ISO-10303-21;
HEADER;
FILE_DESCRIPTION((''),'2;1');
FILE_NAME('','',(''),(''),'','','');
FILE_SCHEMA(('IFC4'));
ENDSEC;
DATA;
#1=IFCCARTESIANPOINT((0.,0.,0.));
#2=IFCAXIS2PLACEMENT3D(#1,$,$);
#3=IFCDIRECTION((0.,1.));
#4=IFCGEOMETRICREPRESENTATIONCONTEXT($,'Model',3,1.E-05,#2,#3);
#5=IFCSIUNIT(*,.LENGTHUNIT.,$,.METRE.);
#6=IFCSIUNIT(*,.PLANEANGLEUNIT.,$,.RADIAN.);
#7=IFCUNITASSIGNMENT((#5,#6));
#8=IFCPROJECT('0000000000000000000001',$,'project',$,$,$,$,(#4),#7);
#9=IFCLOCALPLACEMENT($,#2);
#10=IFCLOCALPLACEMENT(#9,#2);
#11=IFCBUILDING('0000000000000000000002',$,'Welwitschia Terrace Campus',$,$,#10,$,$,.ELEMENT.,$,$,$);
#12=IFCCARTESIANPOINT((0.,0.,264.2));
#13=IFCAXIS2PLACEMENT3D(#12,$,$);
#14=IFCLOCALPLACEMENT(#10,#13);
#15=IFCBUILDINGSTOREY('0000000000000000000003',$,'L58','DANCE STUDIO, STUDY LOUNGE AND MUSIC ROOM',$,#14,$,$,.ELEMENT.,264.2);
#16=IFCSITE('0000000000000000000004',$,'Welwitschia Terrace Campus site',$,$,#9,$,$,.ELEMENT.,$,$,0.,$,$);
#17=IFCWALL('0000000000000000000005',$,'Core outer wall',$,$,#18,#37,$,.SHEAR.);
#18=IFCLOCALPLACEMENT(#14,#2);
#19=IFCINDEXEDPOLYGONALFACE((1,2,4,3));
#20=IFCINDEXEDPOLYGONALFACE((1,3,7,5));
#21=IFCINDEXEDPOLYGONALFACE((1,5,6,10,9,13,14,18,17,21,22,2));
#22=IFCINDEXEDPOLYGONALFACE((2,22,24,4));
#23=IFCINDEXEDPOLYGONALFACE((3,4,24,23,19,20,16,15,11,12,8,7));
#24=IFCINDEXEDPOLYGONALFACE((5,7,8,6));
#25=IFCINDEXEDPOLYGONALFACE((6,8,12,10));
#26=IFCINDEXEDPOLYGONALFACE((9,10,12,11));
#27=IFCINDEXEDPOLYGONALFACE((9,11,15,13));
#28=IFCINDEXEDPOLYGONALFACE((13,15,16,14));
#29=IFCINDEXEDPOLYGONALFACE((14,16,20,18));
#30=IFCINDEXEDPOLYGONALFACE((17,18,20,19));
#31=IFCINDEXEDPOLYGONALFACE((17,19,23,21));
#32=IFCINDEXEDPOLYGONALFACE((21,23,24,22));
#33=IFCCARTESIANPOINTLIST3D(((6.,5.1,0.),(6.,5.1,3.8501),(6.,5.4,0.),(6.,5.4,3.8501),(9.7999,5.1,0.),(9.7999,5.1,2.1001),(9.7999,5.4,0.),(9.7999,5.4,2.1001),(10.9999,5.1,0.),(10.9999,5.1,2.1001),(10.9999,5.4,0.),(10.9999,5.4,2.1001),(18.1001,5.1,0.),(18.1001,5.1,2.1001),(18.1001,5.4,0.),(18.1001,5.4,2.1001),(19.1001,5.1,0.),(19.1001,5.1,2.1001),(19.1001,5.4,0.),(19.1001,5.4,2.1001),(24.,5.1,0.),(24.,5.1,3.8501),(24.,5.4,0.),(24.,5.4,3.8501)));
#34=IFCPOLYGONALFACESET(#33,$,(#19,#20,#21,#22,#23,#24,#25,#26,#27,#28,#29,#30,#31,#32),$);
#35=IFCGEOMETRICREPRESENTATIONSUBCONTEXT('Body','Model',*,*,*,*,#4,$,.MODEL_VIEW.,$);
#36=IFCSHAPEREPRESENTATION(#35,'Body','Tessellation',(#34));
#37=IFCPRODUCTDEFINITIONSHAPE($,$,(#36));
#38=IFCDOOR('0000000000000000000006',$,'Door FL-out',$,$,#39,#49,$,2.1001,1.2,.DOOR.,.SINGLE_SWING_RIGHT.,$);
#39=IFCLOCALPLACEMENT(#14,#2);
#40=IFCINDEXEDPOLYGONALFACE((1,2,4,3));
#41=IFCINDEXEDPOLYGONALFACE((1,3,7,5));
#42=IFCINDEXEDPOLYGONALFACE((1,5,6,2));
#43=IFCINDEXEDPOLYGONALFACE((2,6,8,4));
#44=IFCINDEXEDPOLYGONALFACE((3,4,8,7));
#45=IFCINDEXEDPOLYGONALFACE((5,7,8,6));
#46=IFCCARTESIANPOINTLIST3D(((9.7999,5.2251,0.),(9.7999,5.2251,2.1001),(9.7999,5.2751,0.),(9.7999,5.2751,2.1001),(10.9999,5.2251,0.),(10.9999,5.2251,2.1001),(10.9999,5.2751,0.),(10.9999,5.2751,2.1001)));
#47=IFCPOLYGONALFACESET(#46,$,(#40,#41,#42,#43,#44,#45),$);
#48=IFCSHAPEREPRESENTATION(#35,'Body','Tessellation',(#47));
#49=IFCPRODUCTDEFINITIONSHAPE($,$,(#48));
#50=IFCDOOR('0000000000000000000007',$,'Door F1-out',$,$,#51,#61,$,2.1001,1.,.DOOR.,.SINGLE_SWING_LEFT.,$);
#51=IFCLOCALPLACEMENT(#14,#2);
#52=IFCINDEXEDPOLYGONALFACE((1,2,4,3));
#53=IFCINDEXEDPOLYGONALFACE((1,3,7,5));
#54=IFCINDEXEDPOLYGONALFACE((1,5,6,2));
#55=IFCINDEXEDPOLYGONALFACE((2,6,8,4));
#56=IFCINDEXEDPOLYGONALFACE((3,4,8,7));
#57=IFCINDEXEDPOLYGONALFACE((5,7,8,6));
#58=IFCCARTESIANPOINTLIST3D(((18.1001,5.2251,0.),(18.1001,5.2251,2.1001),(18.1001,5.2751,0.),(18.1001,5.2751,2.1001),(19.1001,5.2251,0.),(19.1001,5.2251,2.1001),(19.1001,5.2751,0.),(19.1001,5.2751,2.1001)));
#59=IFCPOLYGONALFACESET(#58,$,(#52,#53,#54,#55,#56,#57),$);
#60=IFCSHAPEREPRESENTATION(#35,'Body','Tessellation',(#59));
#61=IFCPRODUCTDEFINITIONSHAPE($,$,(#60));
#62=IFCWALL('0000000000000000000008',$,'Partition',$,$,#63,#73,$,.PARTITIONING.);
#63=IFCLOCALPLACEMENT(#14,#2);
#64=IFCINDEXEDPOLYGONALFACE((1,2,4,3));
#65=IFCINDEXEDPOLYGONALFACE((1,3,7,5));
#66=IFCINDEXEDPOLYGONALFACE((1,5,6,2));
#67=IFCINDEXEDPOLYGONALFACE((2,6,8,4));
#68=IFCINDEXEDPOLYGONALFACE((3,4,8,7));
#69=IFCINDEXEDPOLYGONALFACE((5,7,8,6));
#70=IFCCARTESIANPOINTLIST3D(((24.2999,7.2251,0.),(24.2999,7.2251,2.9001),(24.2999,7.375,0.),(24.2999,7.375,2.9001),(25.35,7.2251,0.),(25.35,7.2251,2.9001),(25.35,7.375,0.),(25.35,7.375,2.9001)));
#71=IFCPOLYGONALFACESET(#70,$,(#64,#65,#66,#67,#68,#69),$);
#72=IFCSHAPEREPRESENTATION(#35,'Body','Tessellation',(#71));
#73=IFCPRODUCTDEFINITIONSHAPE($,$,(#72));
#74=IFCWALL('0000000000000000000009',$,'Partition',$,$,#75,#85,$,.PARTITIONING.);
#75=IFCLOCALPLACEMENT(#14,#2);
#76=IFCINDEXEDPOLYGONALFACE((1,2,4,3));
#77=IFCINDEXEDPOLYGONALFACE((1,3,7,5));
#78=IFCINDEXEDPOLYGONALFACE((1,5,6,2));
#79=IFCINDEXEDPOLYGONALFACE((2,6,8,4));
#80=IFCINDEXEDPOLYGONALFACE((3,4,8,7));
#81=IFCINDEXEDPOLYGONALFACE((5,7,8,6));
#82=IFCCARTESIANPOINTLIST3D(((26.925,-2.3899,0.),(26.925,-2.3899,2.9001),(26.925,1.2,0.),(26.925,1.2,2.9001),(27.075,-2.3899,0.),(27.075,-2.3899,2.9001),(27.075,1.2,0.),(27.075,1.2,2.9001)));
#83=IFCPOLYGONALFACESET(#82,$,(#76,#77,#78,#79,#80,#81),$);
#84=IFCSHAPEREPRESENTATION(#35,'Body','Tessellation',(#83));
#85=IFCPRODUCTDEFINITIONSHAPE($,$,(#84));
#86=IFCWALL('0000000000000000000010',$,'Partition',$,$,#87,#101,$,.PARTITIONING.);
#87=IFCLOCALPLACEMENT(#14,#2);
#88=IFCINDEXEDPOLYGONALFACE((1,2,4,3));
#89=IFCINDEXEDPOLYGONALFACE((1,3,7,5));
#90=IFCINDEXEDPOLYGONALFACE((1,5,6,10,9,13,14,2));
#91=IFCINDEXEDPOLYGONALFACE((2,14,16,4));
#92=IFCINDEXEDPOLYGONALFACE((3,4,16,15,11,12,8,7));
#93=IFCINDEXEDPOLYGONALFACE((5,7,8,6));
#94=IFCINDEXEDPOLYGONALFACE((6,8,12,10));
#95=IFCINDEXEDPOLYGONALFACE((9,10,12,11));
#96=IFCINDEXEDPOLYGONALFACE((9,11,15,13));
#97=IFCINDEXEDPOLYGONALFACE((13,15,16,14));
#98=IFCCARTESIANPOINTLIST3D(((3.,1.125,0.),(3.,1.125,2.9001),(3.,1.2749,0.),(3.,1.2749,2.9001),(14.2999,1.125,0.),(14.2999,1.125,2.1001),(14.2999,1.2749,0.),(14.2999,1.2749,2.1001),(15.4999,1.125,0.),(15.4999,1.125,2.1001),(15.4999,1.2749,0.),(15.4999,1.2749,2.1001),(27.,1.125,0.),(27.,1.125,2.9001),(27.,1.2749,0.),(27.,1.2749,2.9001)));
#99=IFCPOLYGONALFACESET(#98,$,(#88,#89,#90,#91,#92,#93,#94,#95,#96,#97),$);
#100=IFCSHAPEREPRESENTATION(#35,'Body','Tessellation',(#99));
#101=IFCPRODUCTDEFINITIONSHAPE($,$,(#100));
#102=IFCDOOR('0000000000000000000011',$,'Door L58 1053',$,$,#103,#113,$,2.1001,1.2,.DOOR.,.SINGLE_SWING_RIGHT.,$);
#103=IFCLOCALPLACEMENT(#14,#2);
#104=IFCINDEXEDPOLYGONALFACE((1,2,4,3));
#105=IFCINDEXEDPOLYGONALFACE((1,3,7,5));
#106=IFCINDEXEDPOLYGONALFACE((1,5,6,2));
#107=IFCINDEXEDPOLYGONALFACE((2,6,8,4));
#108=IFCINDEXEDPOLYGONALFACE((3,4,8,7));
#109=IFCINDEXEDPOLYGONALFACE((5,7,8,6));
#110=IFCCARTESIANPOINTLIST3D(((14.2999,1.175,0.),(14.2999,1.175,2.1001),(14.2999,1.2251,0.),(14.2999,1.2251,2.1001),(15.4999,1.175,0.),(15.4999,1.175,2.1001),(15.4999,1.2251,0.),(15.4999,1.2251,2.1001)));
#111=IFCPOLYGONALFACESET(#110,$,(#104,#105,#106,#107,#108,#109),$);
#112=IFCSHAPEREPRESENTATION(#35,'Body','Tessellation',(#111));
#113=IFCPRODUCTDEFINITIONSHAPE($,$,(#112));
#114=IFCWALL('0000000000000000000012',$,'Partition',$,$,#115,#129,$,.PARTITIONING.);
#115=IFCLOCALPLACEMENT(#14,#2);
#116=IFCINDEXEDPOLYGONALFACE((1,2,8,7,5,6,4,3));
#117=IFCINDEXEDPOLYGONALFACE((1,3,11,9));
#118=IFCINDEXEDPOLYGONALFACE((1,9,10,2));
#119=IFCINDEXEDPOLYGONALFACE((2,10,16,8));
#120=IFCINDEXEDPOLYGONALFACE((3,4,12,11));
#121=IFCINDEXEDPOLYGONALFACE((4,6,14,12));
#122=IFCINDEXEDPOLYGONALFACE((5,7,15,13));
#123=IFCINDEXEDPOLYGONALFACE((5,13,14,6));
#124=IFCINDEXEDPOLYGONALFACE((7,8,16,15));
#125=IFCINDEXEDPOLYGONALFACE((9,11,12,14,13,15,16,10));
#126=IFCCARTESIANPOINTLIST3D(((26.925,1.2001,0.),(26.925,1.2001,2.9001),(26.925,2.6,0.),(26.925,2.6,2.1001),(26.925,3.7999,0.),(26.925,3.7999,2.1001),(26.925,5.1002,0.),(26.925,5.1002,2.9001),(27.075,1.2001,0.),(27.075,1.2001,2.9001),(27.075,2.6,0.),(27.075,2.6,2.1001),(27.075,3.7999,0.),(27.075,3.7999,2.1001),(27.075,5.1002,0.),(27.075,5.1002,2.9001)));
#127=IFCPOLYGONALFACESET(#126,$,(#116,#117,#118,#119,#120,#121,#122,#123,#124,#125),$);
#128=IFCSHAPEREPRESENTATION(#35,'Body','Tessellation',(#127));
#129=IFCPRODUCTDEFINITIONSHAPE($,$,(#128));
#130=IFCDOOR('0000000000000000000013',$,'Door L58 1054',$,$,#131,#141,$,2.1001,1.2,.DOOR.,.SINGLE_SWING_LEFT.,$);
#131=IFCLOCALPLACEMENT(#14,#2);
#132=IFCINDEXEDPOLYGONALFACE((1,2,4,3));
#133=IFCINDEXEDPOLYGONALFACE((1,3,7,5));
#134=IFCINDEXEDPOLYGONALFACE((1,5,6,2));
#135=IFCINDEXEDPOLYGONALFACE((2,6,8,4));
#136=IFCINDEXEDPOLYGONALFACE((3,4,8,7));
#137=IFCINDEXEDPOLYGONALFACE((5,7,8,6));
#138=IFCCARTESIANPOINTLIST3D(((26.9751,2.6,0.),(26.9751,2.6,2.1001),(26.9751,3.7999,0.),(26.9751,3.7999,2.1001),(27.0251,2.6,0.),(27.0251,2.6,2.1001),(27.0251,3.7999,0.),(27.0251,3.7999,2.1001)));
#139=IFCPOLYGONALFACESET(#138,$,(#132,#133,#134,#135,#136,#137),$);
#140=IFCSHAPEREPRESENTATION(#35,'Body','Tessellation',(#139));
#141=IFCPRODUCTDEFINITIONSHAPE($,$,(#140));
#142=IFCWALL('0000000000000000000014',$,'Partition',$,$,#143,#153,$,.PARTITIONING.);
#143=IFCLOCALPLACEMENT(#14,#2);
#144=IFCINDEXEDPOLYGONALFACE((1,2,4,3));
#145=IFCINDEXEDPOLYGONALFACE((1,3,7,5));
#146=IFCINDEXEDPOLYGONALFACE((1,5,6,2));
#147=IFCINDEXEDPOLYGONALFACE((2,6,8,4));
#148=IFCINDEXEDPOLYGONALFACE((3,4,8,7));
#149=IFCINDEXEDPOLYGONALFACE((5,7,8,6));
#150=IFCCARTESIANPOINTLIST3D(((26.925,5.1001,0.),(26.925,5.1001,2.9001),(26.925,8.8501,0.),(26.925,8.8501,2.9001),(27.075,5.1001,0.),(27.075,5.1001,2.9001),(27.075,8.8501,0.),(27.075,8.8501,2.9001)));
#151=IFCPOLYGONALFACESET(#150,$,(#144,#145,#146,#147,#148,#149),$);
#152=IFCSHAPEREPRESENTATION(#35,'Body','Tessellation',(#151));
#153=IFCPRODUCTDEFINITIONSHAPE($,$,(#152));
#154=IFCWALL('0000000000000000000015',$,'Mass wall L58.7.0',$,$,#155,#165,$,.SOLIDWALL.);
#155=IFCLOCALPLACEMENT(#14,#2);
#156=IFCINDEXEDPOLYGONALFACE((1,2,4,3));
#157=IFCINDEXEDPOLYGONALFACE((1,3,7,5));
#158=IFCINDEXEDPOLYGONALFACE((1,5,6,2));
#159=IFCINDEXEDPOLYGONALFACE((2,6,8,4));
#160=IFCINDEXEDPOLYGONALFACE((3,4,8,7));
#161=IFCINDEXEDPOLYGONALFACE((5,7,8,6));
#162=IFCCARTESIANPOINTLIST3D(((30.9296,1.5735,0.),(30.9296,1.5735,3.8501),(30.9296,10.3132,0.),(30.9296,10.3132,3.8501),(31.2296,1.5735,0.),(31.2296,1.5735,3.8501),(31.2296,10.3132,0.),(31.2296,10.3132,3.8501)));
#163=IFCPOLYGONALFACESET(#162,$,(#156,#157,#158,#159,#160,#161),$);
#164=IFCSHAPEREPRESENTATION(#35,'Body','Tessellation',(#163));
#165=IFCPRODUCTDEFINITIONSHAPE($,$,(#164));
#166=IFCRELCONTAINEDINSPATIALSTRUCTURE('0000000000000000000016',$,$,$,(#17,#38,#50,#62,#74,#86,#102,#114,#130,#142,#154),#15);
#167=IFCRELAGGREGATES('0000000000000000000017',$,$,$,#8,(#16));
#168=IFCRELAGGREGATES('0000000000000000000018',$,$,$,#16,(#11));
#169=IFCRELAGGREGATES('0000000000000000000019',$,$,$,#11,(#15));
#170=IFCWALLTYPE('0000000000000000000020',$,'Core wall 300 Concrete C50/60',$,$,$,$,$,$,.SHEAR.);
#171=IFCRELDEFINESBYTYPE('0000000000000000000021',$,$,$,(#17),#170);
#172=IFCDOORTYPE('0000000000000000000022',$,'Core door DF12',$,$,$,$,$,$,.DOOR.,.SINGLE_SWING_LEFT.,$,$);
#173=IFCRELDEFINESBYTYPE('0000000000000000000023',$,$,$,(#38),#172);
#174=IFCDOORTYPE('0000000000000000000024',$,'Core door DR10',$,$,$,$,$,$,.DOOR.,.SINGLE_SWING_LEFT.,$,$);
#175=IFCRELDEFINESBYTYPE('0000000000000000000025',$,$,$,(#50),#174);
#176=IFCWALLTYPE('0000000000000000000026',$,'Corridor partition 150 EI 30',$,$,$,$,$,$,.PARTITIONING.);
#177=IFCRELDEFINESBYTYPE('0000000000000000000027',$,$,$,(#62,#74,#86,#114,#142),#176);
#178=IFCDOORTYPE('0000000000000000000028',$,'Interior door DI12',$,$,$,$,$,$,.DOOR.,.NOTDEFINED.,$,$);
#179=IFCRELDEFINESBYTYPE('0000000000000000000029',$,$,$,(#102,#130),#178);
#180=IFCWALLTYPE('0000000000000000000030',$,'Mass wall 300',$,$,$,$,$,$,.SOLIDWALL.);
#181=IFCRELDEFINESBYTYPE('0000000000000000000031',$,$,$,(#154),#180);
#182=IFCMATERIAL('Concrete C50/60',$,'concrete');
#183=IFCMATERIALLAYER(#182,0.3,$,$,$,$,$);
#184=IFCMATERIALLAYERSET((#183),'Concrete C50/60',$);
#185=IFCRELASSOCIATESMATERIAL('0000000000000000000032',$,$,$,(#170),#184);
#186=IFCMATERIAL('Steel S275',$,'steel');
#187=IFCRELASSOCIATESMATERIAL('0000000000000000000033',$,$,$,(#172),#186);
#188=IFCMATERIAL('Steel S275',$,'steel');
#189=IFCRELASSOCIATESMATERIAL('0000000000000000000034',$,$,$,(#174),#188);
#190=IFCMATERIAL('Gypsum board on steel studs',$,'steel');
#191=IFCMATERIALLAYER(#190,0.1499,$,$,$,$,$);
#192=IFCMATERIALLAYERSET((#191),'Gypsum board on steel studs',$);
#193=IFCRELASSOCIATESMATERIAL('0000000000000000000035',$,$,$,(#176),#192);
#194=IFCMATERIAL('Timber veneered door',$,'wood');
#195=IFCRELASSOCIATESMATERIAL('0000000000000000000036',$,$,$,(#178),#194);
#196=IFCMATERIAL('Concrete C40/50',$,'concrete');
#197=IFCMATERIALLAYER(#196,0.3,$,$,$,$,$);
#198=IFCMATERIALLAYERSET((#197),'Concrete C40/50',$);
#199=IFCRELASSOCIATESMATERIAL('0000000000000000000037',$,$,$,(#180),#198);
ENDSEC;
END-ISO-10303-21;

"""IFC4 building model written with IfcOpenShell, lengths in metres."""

from ifc_helpers import new_model, si_unit, direction, frame, frame_2d, origin, place, context, subcontext, project, spatial, rectangle, extrude, material, layer, layer_set, type_object, element, fill, save


model = new_model("IFC4")

# Units and contexts
model_context = context("Model", 3, precision=1e-05, world=origin(), true_north=direction((0.0, 1.0)))
body_context = subcontext(model_context, "Body", "Model", "MODEL_VIEW")
ifc_project = project(units=[si_unit("LENGTHUNIT", "METRE"), si_unit("PLANEANGLEUNIT", "RADIAN")], contexts=[model_context])

# Site, building, storey
site_placement = place(None, origin())
site = spatial("IfcSite", under=ifc_project, at=site_placement, Name="Welwitschia Terrace Campus site", CompositionType="ELEMENT", RefElevation=0.0)
building_placement = place(site_placement, origin())
building = spatial("IfcBuilding", under=site, at=building_placement, Name="Welwitschia Terrace Campus", CompositionType="ELEMENT")
storey_placement = place(building_placement, frame((0.0, 0.0, 264.2)))
storey = spatial("IfcBuildingStorey", under=building, at=storey_placement, Name="L58", Description="DANCE STUDIO, STUDY LOUNGE AND MUSIC ROOM", CompositionType="ELEMENT", Elevation=264.2)

# Wall, openings, doors
ifc_material_1 = material(Name="Concrete C50/60", Category="concrete")
ifc_layer_1 = layer(ifc_material_1, 0.3)
ifc_layer_set_1 = layer_set([ifc_layer_1], Name="Concrete C50/60")
wall_type_1 = type_object("IfcWallType", Name="Core wall 300 Concrete C50/60", PredefinedType="SHEAR", material=ifc_layer_set_1)
wall_1_placement = place(storey_placement, frame((24.0, 5.25, 0.0), z_axis=(0.0, 0.0, 1.0), x_axis=(-1.0, 0.0, 0.0)))
wall_1 = element("IfcWall", 1, at=wall_1_placement, inside=storey, type_object=wall_type_1, Name="Core outer wall", PredefinedType="SHEAR", context=body_context, shape_type="SweptSolid", body=[
    extrude(rectangle(XDim=18.0, YDim=0.3, at=frame_2d((9.0, 0.0))), origin(), (0.0, 0.0, 1.0), 3.8501),
])
opening_1_placement = place(wall_1_placement, frame((13.0, 0.0, 0.0)))
opening_1 = element("IfcOpeningElement", 2, at=opening_1_placement, cuts=wall_1, PredefinedType="OPENING", context=body_context, shape_type="SweptSolid", body=[
    extrude(rectangle(XDim=1.2, YDim=2.1001, at=frame_2d((0.6001, 1.05))), frame((0.0, 0.1599, 0.0), z_axis=(0.0, -1.0, 0.0), x_axis=(1.0, 0.0, 0.0)), (0.0, 0.0, 1.0), 0.3201),
])
opening_2_placement = place(wall_1_placement, frame((4.8999, 0.0, 0.0)))
opening_2 = element("IfcOpeningElement", 3, at=opening_2_placement, cuts=wall_1, PredefinedType="OPENING", context=body_context, shape_type="SweptSolid", body=[
    extrude(rectangle(XDim=1.0, YDim=2.1001, at=frame_2d((0.5, 1.05))), frame((0.0, 0.1599, 0.0), z_axis=(0.0, -1.0, 0.0), x_axis=(1.0, 0.0, 0.0)), (0.0, 0.0, 1.0), 0.3201),
])
ifc_material_2 = material(Name="Steel S275", Category="steel")
door_type_1 = type_object("IfcDoorType", Name="Core door DF12", OperationType="SINGLE_SWING_LEFT", PredefinedType="DOOR", material=ifc_material_2)
door_1_placement = place(opening_1_placement, origin())
door_1 = element("IfcDoor", 4, at=door_1_placement, inside=storey, type_object=door_type_1, Name="Door FL-out", OperationType="SINGLE_SWING_RIGHT", OverallHeight=2.1001, OverallWidth=1.2, PredefinedType="DOOR", context=body_context, shape_type="SweptSolid", body=[
    extrude(rectangle(XDim=1.2, YDim=2.1001, at=frame_2d((0.6001, 1.05))), frame((0.0, 0.0249, 0.0), z_axis=(0.0, -1.0, 0.0), x_axis=(1.0, 0.0, 0.0)), (0.0, 0.0, 1.0), 0.05),
])
fill(opening_1, door_1)
ifc_material_3 = material(Name="Steel S275", Category="steel")
door_type_2 = type_object("IfcDoorType", Name="Core door DR10", OperationType="SINGLE_SWING_LEFT", PredefinedType="DOOR", material=ifc_material_3)
door_2_placement = place(opening_2_placement, origin())
door_2 = element("IfcDoor", 5, at=door_2_placement, inside=storey, type_object=door_type_2, Name="Door F1-out", OperationType="SINGLE_SWING_LEFT", OverallHeight=2.1001, OverallWidth=1.0, PredefinedType="DOOR", context=body_context, shape_type="SweptSolid", body=[
    extrude(rectangle(XDim=1.0, YDim=2.1001, at=frame_2d((0.5, 1.05))), frame((0.0, 0.0249, 0.0), z_axis=(0.0, -1.0, 0.0), x_axis=(1.0, 0.0, 0.0)), (0.0, 0.0, 1.0), 0.05),
])
fill(opening_2, door_2)

# Walls
ifc_material_4 = material(Name="Gypsum board on steel studs", Category="steel")
ifc_layer_2 = layer(ifc_material_4, 0.1499)
ifc_layer_set_2 = layer_set([ifc_layer_2], Name="Gypsum board on steel studs")
wall_type_2 = type_object("IfcWallType", Name="Corridor partition 150 EI 30", PredefinedType="PARTITIONING", material=ifc_layer_set_2)
wall_2_placement = place(storey_placement, frame((24.3, 7.3, 0.0), z_axis=(0.0, 0.0, 1.0), x_axis=(1.0, 0.0, 0.0)))
element("IfcWall", 6, at=wall_2_placement, inside=storey, type_object=wall_type_2, Name="Partition", PredefinedType="PARTITIONING", context=body_context, shape_type="SweptSolid", body=[
    extrude(rectangle(XDim=1.05, YDim=0.1499, at=frame_2d((0.5249, 0.0))), origin(), (0.0, 0.0, 1.0), 2.9001),
])
wall_3_placement = place(storey_placement, frame((27.0, -2.3899, 0.0), z_axis=(0.0, 0.0, 1.0), x_axis=(0.0, 1.0, 0.0)))
element("IfcWall", 7, at=wall_3_placement, inside=storey, type_object=wall_type_2, Name="Partition", PredefinedType="PARTITIONING", context=body_context, shape_type="SweptSolid", body=[
    extrude(rectangle(XDim=3.5898, YDim=0.1499, at=frame_2d((1.7949, 0.0))), origin(), (0.0, 0.0, 1.0), 2.9001),
])

# Walls, openings, doors
wall_4_placement = place(storey_placement, frame((27.0, 1.2, 0.0), z_axis=(0.0, 0.0, 1.0), x_axis=(-1.0, 0.0, 0.0)))
wall_4 = element("IfcWall", 8, at=wall_4_placement, inside=storey, type_object=wall_type_2, Name="Partition", PredefinedType="PARTITIONING", context=body_context, shape_type="SweptSolid", body=[
    extrude(rectangle(XDim=24.0, YDim=0.1499, at=frame_2d((12.0, 0.0))), origin(), (0.0, 0.0, 1.0), 2.9001),
])
opening_3_placement = place(wall_4_placement, frame((11.5, 0.0, 0.0)))
opening_3 = element("IfcOpeningElement", 9, at=opening_3_placement, cuts=wall_4, PredefinedType="OPENING", context=body_context, shape_type="SweptSolid", body=[
    extrude(rectangle(XDim=1.2, YDim=2.1001, at=frame_2d((0.6001, 1.05))), frame((0.0, 0.085, 0.0), z_axis=(0.0, -1.0, 0.0), x_axis=(1.0, 0.0, 0.0)), (0.0, 0.0, 1.0), 0.1699),
])
ifc_material_5 = material(Name="Timber veneered door", Category="wood")
door_type_3 = type_object("IfcDoorType", Name="Interior door DI12", OperationType="NOTDEFINED", PredefinedType="DOOR", material=ifc_material_5)
door_3_placement = place(opening_3_placement, origin())
door_3 = element("IfcDoor", 10, at=door_3_placement, inside=storey, type_object=door_type_3, Name="Door L58 1053", OperationType="SINGLE_SWING_RIGHT", OverallHeight=2.1001, OverallWidth=1.2, PredefinedType="DOOR", context=body_context, shape_type="SweptSolid", body=[
    extrude(rectangle(XDim=1.2, YDim=2.1001, at=frame_2d((0.6001, 1.05))), frame((0.0, 0.0249, 0.0), z_axis=(0.0, -1.0, 0.0), x_axis=(1.0, 0.0, 0.0)), (0.0, 0.0, 1.0), 0.05),
])
fill(opening_3, door_3)
wall_5_placement = place(storey_placement, frame((27.0, 1.2, 0.0), z_axis=(0.0, 0.0, 1.0), x_axis=(0.0, 1.0, 0.0)))
wall_5 = element("IfcWall", 11, at=wall_5_placement, inside=storey, type_object=wall_type_2, Name="Partition", PredefinedType="PARTITIONING", context=body_context, shape_type="SweptSolid", body=[
    extrude(rectangle(XDim=3.9001, YDim=0.1499, at=frame_2d((1.9502, 0.0))), origin(), (0.0, 0.0, 1.0), 2.9001),
])
opening_4_placement = place(wall_5_placement, frame((1.3999, 0.0, 0.0)))
opening_4 = element("IfcOpeningElement", 12, at=opening_4_placement, cuts=wall_5, PredefinedType="OPENING", context=body_context, shape_type="SweptSolid", body=[
    extrude(rectangle(XDim=1.2, YDim=2.1001, at=frame_2d((0.6001, 1.05))), frame((0.0, 0.085, 0.0), z_axis=(0.0, -1.0, 0.0), x_axis=(1.0, 0.0, 0.0)), (0.0, 0.0, 1.0), 0.1699),
])
door_4_placement = place(opening_4_placement, origin())
door_4 = element("IfcDoor", 13, at=door_4_placement, inside=storey, type_object=door_type_3, Name="Door L58 1054", OperationType="SINGLE_SWING_LEFT", OverallHeight=2.1001, OverallWidth=1.2, PredefinedType="DOOR", context=body_context, shape_type="SweptSolid", body=[
    extrude(rectangle(XDim=1.2, YDim=2.1001, at=frame_2d((0.6001, 1.05))), frame((0.0, 0.0249, 0.0), z_axis=(0.0, -1.0, 0.0), x_axis=(1.0, 0.0, 0.0)), (0.0, 0.0, 1.0), 0.05),
])
fill(opening_4, door_4)

# Walls
wall_6_placement = place(storey_placement, frame((27.0, 5.1001, 0.0), z_axis=(0.0, 0.0, 1.0), x_axis=(0.0, 1.0, 0.0)))
element("IfcWall", 14, at=wall_6_placement, inside=storey, type_object=wall_type_2, Name="Partition", PredefinedType="PARTITIONING", context=body_context, shape_type="SweptSolid", body=[
    extrude(rectangle(XDim=3.75, YDim=0.1499, at=frame_2d((1.875, 0.0))), origin(), (0.0, 0.0, 1.0), 2.9001),
])
ifc_material_6 = material(Name="Concrete C40/50", Category="concrete")
ifc_layer_3 = layer(ifc_material_6, 0.3)
ifc_layer_set_3 = layer_set([ifc_layer_3], Name="Concrete C40/50")
wall_type_3 = type_object("IfcWallType", Name="Mass wall 300", PredefinedType="SOLIDWALL", material=ifc_layer_set_3)
wall_7_placement = place(storey_placement, frame((31.0796, 1.5735, 0.0), z_axis=(0.0, 0.0, 1.0), x_axis=(0.0, 1.0, 0.0)))
element("IfcWall", 15, at=wall_7_placement, inside=storey, type_object=wall_type_3, Name="Mass wall L58.7.0", PredefinedType="SOLIDWALL", context=body_context, shape_type="SweptSolid", body=[
    extrude(rectangle(XDim=8.7397, YDim=0.3, at=frame_2d((4.3699, 0.0))), origin(), (0.0, 0.0, 1.0), 3.8501),
])

save(model, "model.ifc")
